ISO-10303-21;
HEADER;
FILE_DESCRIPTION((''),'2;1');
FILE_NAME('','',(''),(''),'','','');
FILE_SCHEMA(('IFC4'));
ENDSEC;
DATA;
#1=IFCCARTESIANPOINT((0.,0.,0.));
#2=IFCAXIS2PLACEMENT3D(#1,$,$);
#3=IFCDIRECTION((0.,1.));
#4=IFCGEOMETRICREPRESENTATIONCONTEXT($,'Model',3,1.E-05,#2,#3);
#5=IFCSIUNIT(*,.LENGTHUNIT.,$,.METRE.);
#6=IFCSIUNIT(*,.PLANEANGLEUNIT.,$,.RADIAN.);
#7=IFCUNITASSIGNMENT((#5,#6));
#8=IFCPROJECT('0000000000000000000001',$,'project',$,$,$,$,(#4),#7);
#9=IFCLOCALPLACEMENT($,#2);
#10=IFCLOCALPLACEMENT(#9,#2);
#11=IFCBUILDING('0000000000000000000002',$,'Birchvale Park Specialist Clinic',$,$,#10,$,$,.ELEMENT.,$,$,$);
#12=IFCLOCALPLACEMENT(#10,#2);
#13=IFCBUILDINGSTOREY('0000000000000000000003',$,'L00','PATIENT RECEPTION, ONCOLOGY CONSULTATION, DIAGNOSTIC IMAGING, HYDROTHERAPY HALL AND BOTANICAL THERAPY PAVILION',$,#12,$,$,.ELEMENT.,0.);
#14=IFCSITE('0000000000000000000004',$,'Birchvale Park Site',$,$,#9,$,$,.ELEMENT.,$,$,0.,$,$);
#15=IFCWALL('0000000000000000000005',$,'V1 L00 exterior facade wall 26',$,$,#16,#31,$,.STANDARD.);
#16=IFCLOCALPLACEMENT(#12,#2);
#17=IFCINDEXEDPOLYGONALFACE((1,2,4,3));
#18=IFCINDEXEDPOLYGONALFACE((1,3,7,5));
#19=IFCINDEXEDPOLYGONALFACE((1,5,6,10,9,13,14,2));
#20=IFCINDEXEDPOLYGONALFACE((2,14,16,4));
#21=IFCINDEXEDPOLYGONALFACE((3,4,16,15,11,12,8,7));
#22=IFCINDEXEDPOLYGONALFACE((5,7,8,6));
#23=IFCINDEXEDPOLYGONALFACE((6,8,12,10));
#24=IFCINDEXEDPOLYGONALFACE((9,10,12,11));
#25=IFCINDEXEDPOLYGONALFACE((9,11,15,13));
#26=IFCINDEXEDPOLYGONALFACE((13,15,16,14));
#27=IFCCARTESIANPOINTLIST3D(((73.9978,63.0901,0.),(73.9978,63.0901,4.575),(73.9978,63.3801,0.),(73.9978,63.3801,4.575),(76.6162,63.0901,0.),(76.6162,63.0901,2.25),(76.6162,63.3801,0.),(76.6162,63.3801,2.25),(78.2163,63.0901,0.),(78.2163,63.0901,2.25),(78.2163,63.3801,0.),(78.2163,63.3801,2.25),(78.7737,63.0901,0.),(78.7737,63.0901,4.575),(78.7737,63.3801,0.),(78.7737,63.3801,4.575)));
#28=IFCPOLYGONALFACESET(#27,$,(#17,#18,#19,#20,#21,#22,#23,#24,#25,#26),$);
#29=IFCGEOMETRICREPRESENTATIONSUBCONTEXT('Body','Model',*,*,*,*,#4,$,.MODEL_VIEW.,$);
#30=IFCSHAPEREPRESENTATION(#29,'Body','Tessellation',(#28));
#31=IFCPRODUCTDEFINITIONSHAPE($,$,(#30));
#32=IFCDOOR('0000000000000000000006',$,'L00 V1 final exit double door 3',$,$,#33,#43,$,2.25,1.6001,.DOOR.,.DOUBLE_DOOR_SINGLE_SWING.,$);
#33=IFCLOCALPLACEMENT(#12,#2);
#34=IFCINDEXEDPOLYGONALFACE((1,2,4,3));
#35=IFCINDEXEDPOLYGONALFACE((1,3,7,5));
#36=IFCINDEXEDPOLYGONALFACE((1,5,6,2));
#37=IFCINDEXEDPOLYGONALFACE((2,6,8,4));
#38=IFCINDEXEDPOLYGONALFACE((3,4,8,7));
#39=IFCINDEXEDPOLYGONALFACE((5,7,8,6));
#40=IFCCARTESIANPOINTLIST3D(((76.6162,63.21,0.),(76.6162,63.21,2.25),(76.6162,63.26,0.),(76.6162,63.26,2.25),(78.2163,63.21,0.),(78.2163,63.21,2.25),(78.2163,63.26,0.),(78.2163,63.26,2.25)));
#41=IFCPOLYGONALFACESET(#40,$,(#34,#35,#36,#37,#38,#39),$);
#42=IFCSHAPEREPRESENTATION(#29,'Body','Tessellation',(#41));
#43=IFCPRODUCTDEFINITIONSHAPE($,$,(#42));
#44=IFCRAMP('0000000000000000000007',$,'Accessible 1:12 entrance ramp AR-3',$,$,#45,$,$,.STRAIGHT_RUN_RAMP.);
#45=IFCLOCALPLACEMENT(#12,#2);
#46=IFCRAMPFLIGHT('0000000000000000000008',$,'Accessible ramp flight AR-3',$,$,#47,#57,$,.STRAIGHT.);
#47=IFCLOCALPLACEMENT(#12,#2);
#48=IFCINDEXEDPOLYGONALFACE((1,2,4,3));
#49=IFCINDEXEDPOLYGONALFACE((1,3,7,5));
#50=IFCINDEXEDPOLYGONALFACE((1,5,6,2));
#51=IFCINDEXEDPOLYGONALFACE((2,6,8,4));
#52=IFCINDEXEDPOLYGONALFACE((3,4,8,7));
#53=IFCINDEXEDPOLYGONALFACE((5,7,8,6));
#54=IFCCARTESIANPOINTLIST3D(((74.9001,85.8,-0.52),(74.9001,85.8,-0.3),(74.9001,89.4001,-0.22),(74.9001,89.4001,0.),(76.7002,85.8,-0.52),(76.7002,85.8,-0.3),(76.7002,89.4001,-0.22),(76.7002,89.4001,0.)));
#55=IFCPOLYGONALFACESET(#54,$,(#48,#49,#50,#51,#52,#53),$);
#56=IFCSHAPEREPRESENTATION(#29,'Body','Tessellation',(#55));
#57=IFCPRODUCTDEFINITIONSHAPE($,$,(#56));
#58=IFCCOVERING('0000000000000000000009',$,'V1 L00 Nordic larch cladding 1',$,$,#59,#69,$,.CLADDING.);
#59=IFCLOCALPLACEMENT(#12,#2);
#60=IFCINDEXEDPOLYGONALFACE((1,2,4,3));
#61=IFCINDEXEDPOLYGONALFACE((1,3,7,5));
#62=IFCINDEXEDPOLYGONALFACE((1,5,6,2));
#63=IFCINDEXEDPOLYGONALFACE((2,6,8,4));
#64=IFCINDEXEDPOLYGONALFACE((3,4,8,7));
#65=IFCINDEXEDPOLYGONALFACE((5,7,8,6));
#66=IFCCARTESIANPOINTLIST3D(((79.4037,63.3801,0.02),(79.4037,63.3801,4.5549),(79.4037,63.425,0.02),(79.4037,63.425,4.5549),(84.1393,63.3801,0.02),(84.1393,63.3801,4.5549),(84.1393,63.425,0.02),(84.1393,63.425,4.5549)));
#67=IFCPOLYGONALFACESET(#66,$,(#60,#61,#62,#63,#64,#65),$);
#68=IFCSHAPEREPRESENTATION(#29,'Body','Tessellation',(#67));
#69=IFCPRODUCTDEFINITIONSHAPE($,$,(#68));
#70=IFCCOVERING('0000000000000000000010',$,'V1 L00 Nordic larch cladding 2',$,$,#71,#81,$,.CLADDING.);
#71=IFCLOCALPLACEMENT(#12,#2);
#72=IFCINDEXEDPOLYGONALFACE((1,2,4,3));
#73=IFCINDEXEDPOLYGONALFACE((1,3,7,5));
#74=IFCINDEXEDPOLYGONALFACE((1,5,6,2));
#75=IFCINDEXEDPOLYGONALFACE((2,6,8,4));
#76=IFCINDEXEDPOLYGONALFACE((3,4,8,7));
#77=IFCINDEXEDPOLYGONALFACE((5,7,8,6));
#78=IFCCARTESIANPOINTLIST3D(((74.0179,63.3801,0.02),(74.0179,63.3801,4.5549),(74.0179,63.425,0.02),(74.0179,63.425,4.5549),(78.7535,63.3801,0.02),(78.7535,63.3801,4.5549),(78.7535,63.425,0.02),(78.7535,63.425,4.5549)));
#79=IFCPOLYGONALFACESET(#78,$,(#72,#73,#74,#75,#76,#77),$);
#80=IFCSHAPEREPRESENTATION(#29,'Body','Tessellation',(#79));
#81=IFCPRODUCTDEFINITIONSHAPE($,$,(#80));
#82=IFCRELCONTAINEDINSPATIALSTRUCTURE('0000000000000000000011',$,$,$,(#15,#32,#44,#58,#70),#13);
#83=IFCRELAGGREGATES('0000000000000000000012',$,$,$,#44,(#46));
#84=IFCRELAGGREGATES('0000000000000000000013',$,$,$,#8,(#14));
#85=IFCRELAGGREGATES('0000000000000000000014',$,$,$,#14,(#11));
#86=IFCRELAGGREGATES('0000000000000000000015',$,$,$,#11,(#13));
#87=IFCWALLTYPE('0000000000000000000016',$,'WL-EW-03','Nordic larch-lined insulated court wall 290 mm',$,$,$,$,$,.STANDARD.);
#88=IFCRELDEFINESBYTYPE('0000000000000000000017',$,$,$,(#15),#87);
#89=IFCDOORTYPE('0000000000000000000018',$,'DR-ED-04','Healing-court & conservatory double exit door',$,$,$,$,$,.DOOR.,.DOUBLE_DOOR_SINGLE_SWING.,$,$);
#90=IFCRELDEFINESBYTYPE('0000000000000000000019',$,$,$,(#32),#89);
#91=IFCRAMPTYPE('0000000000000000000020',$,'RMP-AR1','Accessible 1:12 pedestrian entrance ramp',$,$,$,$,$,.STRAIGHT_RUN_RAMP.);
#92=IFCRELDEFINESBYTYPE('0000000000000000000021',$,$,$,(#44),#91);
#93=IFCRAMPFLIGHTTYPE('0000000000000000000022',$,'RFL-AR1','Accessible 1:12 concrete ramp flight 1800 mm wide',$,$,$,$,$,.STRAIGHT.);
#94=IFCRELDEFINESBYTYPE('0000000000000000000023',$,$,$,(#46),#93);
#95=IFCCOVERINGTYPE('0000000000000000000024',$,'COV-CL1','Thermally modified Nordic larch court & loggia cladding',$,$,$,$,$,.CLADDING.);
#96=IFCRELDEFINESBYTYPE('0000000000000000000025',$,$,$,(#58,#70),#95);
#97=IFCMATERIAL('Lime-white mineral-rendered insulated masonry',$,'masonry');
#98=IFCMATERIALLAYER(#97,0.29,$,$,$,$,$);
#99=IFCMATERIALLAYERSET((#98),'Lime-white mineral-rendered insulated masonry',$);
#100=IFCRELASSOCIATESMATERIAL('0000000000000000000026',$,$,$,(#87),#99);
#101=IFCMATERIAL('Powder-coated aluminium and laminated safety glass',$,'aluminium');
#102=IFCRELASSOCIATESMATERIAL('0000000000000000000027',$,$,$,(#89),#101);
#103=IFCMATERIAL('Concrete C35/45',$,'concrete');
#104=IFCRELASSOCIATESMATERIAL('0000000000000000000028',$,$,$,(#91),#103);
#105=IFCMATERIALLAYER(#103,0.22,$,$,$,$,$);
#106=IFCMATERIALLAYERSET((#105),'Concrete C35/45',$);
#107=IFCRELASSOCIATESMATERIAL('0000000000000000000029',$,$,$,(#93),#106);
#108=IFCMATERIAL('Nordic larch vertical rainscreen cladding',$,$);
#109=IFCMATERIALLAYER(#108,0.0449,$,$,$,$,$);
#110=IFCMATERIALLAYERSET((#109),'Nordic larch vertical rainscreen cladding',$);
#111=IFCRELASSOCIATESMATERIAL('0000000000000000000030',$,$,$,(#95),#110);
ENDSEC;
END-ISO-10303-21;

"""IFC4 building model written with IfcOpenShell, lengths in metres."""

from ifc_helpers import new_model, si_unit, direction, frame, frame_2d, origin, origin_2d, place, context, subcontext, project, spatial, polyline, rectangle, outline, extrude, material, layer, layer_set, type_object, element, fill, aggregate, save


model = new_model("IFC4")

# Units and contexts
model_context = context("Model", 3, precision=1e-05, world=origin(), true_north=direction((0.0, 1.0)))
body_context = subcontext(model_context, "Body", "Model", "MODEL_VIEW")
ifc_project = project(units=[si_unit("LENGTHUNIT", "METRE"), si_unit("PLANEANGLEUNIT", "RADIAN")], contexts=[model_context])

# Site, building, storey
site_placement = place(None, origin())
site = spatial("IfcSite", under=ifc_project, at=site_placement, Name="Birchvale Park Site", CompositionType="ELEMENT", RefElevation=0.0)
building_placement = place(site_placement, origin())
building = spatial("IfcBuilding", under=site, at=building_placement, Name="Birchvale Park Specialist Clinic", CompositionType="ELEMENT")
storey_placement = place(building_placement, origin())
storey = spatial("IfcBuildingStorey", under=building, at=storey_placement, Name="L00", Description="PATIENT RECEPTION, ONCOLOGY CONSULTATION, DIAGNOSTIC IMAGING, HYDROTHERAPY HALL AND BOTANICAL THERAPY PAVILION", CompositionType="ELEMENT", Elevation=0.0)

# Wall, opening, door
ifc_material_1 = material(Name="Lime-white mineral-rendered insulated masonry", Category="masonry")
ifc_layer_1 = layer(ifc_material_1, 0.29)
ifc_layer_set_1 = layer_set([ifc_layer_1], Name="Lime-white mineral-rendered insulated masonry")
wall_type = type_object("IfcWallType", Name="WL-EW-03", Description="Nordic larch-lined insulated court wall 290 mm", PredefinedType="STANDARD", material=ifc_layer_set_1)
wall_placement = place(storey_placement, frame((78.7737, 63.2351, 0.0), z_axis=(0.0, 0.0, 1.0), x_axis=(-1.0, 0.0, 0.0)))
wall = element("IfcWall", 1, at=wall_placement, inside=storey, type_object=wall_type, Name="V1 L00 exterior facade wall 26", PredefinedType="STANDARD", context=body_context, shape_type="SweptSolid", body=[
    extrude(rectangle(XDim=4.7759, YDim=0.29, at=frame_2d((2.3879, 0.0))), origin(), (0.0, 0.0, 1.0), 4.575),
])
opening_placement = place(wall_placement, frame((0.5574, 0.0, 0.0)))
opening = element("IfcOpeningElement", 2, at=opening_placement, cuts=wall, PredefinedType="OPENING", context=body_context, shape_type="SweptSolid", body=[
    extrude(rectangle(XDim=1.6001, YDim=2.25, at=frame_2d((0.8, 1.125))), frame((0.0, 0.155, 0.0), z_axis=(0.0, -1.0, 0.0), x_axis=(1.0, 0.0, 0.0)), (0.0, 0.0, 1.0), 0.3101),
])
ifc_material_2 = material(Name="Powder-coated aluminium and laminated safety glass", Category="aluminium")
door_type = type_object("IfcDoorType", Name="DR-ED-04", Description="Healing-court & conservatory double exit door", OperationType="DOUBLE_DOOR_SINGLE_SWING", PredefinedType="DOOR", material=ifc_material_2)
door_placement = place(opening_placement, frame((1.6001, 0.0, 0.0), z_axis=(0.0, 0.0, 1.0), x_axis=(-1.0, 0.0, 0.0)))
door = element("IfcDoor", 3, at=door_placement, inside=storey, type_object=door_type, Name="L00 V1 final exit double door 3", OperationType="DOUBLE_DOOR_SINGLE_SWING", OverallHeight=2.25, OverallWidth=1.6001, PredefinedType="DOOR", context=body_context, shape_type="SweptSolid", body=[
    extrude(rectangle(XDim=1.6001, YDim=2.25, at=frame_2d((0.8, 1.125))), frame((0.0, 0.0249, 0.0), z_axis=(0.0, -1.0, 0.0), x_axis=(1.0, 0.0, 0.0)), (0.0, 0.0, 1.0), 0.05),
])
fill(opening, door)

# Ramp, ramp flight
ifc_material_3 = material(Name="Concrete C35/45", Category="concrete")
ramp_type = type_object("IfcRampType", Name="RMP-AR1", Description="Accessible 1:12 pedestrian entrance ramp", PredefinedType="STRAIGHT_RUN_RAMP", material=ifc_material_3)
ramp_placement = place(storey_placement, origin())
ramp = element("IfcRamp", 4, at=ramp_placement, inside=storey, type_object=ramp_type, Name="Accessible 1:12 entrance ramp AR-3", PredefinedType="STRAIGHT_RUN_RAMP")
ifc_layer_2 = layer(ifc_material_3, 0.22)
ifc_layer_set_2 = layer_set([ifc_layer_2], Name="Concrete C35/45")
ramp_flight_type = type_object("IfcRampFlightType", Name="RFL-AR1", Description="Accessible 1:12 concrete ramp flight 1800 mm wide", PredefinedType="STRAIGHT", material=ifc_layer_set_2)
ramp_flight_placement = place(storey_placement, frame((75.8, 85.8, -0.3), z_axis=(0.0, 0.0, 1.0), x_axis=(0.0, 1.0, 0.0)))
ramp_flight = element("IfcRampFlight", 5, at=ramp_flight_placement, type_object=ramp_flight_type, Name="Accessible ramp flight AR-3", PredefinedType="STRAIGHT", context=body_context, shape_type="SweptSolid", body=[
    extrude(outline(polyline([(0.0, 0.0), (3.6001, 0.3), (3.6001, 0.0801), (0.0, -0.22), (0.0, 0.0)])), frame((0.0, 0.8999, 0.0), z_axis=(0.0, -1.0, 0.0), x_axis=(1.0, 0.0, 0.0)), (0.0, 0.0, 1.0), 1.8),
])
aggregate(ramp, [ramp_flight])

# Coverings
ifc_material_4 = material(Name="Nordic larch vertical rainscreen cladding")
ifc_layer_3 = layer(ifc_material_4, 0.0449)
ifc_layer_set_3 = layer_set([ifc_layer_3], Name="Nordic larch vertical rainscreen cladding")
covering_type = type_object("IfcCoveringType", Name="COV-CL1", Description="Thermally modified Nordic larch court & loggia cladding", PredefinedType="CLADDING", material=ifc_layer_set_3)
for number, where, z_axis, x_axis, name in (
    (6, (81.7715, 63.4026, 0.02), (0.0, 0.0, 1.0), (-1.0, 0.0, 0.0), "V1 L00 Nordic larch cladding 1"),
    (7, (76.3857, 63.4026, 0.02), (0.0, 0.0, 1.0), (-1.0, 0.0, 0.0), "V1 L00 Nordic larch cladding 2"),
):
    element("IfcCovering", number, at=place(storey_placement, frame(where, z_axis=z_axis, x_axis=x_axis)), inside=storey, type_object=covering_type, Name=name, PredefinedType="CLADDING", context=body_context, shape_type="SweptSolid", body=[
        extrude(rectangle(XDim=4.7356, YDim=0.0449, at=origin_2d()), origin(), (0.0, 0.0, 1.0), 4.5349),
    ])

save(model, "model.ifc")
